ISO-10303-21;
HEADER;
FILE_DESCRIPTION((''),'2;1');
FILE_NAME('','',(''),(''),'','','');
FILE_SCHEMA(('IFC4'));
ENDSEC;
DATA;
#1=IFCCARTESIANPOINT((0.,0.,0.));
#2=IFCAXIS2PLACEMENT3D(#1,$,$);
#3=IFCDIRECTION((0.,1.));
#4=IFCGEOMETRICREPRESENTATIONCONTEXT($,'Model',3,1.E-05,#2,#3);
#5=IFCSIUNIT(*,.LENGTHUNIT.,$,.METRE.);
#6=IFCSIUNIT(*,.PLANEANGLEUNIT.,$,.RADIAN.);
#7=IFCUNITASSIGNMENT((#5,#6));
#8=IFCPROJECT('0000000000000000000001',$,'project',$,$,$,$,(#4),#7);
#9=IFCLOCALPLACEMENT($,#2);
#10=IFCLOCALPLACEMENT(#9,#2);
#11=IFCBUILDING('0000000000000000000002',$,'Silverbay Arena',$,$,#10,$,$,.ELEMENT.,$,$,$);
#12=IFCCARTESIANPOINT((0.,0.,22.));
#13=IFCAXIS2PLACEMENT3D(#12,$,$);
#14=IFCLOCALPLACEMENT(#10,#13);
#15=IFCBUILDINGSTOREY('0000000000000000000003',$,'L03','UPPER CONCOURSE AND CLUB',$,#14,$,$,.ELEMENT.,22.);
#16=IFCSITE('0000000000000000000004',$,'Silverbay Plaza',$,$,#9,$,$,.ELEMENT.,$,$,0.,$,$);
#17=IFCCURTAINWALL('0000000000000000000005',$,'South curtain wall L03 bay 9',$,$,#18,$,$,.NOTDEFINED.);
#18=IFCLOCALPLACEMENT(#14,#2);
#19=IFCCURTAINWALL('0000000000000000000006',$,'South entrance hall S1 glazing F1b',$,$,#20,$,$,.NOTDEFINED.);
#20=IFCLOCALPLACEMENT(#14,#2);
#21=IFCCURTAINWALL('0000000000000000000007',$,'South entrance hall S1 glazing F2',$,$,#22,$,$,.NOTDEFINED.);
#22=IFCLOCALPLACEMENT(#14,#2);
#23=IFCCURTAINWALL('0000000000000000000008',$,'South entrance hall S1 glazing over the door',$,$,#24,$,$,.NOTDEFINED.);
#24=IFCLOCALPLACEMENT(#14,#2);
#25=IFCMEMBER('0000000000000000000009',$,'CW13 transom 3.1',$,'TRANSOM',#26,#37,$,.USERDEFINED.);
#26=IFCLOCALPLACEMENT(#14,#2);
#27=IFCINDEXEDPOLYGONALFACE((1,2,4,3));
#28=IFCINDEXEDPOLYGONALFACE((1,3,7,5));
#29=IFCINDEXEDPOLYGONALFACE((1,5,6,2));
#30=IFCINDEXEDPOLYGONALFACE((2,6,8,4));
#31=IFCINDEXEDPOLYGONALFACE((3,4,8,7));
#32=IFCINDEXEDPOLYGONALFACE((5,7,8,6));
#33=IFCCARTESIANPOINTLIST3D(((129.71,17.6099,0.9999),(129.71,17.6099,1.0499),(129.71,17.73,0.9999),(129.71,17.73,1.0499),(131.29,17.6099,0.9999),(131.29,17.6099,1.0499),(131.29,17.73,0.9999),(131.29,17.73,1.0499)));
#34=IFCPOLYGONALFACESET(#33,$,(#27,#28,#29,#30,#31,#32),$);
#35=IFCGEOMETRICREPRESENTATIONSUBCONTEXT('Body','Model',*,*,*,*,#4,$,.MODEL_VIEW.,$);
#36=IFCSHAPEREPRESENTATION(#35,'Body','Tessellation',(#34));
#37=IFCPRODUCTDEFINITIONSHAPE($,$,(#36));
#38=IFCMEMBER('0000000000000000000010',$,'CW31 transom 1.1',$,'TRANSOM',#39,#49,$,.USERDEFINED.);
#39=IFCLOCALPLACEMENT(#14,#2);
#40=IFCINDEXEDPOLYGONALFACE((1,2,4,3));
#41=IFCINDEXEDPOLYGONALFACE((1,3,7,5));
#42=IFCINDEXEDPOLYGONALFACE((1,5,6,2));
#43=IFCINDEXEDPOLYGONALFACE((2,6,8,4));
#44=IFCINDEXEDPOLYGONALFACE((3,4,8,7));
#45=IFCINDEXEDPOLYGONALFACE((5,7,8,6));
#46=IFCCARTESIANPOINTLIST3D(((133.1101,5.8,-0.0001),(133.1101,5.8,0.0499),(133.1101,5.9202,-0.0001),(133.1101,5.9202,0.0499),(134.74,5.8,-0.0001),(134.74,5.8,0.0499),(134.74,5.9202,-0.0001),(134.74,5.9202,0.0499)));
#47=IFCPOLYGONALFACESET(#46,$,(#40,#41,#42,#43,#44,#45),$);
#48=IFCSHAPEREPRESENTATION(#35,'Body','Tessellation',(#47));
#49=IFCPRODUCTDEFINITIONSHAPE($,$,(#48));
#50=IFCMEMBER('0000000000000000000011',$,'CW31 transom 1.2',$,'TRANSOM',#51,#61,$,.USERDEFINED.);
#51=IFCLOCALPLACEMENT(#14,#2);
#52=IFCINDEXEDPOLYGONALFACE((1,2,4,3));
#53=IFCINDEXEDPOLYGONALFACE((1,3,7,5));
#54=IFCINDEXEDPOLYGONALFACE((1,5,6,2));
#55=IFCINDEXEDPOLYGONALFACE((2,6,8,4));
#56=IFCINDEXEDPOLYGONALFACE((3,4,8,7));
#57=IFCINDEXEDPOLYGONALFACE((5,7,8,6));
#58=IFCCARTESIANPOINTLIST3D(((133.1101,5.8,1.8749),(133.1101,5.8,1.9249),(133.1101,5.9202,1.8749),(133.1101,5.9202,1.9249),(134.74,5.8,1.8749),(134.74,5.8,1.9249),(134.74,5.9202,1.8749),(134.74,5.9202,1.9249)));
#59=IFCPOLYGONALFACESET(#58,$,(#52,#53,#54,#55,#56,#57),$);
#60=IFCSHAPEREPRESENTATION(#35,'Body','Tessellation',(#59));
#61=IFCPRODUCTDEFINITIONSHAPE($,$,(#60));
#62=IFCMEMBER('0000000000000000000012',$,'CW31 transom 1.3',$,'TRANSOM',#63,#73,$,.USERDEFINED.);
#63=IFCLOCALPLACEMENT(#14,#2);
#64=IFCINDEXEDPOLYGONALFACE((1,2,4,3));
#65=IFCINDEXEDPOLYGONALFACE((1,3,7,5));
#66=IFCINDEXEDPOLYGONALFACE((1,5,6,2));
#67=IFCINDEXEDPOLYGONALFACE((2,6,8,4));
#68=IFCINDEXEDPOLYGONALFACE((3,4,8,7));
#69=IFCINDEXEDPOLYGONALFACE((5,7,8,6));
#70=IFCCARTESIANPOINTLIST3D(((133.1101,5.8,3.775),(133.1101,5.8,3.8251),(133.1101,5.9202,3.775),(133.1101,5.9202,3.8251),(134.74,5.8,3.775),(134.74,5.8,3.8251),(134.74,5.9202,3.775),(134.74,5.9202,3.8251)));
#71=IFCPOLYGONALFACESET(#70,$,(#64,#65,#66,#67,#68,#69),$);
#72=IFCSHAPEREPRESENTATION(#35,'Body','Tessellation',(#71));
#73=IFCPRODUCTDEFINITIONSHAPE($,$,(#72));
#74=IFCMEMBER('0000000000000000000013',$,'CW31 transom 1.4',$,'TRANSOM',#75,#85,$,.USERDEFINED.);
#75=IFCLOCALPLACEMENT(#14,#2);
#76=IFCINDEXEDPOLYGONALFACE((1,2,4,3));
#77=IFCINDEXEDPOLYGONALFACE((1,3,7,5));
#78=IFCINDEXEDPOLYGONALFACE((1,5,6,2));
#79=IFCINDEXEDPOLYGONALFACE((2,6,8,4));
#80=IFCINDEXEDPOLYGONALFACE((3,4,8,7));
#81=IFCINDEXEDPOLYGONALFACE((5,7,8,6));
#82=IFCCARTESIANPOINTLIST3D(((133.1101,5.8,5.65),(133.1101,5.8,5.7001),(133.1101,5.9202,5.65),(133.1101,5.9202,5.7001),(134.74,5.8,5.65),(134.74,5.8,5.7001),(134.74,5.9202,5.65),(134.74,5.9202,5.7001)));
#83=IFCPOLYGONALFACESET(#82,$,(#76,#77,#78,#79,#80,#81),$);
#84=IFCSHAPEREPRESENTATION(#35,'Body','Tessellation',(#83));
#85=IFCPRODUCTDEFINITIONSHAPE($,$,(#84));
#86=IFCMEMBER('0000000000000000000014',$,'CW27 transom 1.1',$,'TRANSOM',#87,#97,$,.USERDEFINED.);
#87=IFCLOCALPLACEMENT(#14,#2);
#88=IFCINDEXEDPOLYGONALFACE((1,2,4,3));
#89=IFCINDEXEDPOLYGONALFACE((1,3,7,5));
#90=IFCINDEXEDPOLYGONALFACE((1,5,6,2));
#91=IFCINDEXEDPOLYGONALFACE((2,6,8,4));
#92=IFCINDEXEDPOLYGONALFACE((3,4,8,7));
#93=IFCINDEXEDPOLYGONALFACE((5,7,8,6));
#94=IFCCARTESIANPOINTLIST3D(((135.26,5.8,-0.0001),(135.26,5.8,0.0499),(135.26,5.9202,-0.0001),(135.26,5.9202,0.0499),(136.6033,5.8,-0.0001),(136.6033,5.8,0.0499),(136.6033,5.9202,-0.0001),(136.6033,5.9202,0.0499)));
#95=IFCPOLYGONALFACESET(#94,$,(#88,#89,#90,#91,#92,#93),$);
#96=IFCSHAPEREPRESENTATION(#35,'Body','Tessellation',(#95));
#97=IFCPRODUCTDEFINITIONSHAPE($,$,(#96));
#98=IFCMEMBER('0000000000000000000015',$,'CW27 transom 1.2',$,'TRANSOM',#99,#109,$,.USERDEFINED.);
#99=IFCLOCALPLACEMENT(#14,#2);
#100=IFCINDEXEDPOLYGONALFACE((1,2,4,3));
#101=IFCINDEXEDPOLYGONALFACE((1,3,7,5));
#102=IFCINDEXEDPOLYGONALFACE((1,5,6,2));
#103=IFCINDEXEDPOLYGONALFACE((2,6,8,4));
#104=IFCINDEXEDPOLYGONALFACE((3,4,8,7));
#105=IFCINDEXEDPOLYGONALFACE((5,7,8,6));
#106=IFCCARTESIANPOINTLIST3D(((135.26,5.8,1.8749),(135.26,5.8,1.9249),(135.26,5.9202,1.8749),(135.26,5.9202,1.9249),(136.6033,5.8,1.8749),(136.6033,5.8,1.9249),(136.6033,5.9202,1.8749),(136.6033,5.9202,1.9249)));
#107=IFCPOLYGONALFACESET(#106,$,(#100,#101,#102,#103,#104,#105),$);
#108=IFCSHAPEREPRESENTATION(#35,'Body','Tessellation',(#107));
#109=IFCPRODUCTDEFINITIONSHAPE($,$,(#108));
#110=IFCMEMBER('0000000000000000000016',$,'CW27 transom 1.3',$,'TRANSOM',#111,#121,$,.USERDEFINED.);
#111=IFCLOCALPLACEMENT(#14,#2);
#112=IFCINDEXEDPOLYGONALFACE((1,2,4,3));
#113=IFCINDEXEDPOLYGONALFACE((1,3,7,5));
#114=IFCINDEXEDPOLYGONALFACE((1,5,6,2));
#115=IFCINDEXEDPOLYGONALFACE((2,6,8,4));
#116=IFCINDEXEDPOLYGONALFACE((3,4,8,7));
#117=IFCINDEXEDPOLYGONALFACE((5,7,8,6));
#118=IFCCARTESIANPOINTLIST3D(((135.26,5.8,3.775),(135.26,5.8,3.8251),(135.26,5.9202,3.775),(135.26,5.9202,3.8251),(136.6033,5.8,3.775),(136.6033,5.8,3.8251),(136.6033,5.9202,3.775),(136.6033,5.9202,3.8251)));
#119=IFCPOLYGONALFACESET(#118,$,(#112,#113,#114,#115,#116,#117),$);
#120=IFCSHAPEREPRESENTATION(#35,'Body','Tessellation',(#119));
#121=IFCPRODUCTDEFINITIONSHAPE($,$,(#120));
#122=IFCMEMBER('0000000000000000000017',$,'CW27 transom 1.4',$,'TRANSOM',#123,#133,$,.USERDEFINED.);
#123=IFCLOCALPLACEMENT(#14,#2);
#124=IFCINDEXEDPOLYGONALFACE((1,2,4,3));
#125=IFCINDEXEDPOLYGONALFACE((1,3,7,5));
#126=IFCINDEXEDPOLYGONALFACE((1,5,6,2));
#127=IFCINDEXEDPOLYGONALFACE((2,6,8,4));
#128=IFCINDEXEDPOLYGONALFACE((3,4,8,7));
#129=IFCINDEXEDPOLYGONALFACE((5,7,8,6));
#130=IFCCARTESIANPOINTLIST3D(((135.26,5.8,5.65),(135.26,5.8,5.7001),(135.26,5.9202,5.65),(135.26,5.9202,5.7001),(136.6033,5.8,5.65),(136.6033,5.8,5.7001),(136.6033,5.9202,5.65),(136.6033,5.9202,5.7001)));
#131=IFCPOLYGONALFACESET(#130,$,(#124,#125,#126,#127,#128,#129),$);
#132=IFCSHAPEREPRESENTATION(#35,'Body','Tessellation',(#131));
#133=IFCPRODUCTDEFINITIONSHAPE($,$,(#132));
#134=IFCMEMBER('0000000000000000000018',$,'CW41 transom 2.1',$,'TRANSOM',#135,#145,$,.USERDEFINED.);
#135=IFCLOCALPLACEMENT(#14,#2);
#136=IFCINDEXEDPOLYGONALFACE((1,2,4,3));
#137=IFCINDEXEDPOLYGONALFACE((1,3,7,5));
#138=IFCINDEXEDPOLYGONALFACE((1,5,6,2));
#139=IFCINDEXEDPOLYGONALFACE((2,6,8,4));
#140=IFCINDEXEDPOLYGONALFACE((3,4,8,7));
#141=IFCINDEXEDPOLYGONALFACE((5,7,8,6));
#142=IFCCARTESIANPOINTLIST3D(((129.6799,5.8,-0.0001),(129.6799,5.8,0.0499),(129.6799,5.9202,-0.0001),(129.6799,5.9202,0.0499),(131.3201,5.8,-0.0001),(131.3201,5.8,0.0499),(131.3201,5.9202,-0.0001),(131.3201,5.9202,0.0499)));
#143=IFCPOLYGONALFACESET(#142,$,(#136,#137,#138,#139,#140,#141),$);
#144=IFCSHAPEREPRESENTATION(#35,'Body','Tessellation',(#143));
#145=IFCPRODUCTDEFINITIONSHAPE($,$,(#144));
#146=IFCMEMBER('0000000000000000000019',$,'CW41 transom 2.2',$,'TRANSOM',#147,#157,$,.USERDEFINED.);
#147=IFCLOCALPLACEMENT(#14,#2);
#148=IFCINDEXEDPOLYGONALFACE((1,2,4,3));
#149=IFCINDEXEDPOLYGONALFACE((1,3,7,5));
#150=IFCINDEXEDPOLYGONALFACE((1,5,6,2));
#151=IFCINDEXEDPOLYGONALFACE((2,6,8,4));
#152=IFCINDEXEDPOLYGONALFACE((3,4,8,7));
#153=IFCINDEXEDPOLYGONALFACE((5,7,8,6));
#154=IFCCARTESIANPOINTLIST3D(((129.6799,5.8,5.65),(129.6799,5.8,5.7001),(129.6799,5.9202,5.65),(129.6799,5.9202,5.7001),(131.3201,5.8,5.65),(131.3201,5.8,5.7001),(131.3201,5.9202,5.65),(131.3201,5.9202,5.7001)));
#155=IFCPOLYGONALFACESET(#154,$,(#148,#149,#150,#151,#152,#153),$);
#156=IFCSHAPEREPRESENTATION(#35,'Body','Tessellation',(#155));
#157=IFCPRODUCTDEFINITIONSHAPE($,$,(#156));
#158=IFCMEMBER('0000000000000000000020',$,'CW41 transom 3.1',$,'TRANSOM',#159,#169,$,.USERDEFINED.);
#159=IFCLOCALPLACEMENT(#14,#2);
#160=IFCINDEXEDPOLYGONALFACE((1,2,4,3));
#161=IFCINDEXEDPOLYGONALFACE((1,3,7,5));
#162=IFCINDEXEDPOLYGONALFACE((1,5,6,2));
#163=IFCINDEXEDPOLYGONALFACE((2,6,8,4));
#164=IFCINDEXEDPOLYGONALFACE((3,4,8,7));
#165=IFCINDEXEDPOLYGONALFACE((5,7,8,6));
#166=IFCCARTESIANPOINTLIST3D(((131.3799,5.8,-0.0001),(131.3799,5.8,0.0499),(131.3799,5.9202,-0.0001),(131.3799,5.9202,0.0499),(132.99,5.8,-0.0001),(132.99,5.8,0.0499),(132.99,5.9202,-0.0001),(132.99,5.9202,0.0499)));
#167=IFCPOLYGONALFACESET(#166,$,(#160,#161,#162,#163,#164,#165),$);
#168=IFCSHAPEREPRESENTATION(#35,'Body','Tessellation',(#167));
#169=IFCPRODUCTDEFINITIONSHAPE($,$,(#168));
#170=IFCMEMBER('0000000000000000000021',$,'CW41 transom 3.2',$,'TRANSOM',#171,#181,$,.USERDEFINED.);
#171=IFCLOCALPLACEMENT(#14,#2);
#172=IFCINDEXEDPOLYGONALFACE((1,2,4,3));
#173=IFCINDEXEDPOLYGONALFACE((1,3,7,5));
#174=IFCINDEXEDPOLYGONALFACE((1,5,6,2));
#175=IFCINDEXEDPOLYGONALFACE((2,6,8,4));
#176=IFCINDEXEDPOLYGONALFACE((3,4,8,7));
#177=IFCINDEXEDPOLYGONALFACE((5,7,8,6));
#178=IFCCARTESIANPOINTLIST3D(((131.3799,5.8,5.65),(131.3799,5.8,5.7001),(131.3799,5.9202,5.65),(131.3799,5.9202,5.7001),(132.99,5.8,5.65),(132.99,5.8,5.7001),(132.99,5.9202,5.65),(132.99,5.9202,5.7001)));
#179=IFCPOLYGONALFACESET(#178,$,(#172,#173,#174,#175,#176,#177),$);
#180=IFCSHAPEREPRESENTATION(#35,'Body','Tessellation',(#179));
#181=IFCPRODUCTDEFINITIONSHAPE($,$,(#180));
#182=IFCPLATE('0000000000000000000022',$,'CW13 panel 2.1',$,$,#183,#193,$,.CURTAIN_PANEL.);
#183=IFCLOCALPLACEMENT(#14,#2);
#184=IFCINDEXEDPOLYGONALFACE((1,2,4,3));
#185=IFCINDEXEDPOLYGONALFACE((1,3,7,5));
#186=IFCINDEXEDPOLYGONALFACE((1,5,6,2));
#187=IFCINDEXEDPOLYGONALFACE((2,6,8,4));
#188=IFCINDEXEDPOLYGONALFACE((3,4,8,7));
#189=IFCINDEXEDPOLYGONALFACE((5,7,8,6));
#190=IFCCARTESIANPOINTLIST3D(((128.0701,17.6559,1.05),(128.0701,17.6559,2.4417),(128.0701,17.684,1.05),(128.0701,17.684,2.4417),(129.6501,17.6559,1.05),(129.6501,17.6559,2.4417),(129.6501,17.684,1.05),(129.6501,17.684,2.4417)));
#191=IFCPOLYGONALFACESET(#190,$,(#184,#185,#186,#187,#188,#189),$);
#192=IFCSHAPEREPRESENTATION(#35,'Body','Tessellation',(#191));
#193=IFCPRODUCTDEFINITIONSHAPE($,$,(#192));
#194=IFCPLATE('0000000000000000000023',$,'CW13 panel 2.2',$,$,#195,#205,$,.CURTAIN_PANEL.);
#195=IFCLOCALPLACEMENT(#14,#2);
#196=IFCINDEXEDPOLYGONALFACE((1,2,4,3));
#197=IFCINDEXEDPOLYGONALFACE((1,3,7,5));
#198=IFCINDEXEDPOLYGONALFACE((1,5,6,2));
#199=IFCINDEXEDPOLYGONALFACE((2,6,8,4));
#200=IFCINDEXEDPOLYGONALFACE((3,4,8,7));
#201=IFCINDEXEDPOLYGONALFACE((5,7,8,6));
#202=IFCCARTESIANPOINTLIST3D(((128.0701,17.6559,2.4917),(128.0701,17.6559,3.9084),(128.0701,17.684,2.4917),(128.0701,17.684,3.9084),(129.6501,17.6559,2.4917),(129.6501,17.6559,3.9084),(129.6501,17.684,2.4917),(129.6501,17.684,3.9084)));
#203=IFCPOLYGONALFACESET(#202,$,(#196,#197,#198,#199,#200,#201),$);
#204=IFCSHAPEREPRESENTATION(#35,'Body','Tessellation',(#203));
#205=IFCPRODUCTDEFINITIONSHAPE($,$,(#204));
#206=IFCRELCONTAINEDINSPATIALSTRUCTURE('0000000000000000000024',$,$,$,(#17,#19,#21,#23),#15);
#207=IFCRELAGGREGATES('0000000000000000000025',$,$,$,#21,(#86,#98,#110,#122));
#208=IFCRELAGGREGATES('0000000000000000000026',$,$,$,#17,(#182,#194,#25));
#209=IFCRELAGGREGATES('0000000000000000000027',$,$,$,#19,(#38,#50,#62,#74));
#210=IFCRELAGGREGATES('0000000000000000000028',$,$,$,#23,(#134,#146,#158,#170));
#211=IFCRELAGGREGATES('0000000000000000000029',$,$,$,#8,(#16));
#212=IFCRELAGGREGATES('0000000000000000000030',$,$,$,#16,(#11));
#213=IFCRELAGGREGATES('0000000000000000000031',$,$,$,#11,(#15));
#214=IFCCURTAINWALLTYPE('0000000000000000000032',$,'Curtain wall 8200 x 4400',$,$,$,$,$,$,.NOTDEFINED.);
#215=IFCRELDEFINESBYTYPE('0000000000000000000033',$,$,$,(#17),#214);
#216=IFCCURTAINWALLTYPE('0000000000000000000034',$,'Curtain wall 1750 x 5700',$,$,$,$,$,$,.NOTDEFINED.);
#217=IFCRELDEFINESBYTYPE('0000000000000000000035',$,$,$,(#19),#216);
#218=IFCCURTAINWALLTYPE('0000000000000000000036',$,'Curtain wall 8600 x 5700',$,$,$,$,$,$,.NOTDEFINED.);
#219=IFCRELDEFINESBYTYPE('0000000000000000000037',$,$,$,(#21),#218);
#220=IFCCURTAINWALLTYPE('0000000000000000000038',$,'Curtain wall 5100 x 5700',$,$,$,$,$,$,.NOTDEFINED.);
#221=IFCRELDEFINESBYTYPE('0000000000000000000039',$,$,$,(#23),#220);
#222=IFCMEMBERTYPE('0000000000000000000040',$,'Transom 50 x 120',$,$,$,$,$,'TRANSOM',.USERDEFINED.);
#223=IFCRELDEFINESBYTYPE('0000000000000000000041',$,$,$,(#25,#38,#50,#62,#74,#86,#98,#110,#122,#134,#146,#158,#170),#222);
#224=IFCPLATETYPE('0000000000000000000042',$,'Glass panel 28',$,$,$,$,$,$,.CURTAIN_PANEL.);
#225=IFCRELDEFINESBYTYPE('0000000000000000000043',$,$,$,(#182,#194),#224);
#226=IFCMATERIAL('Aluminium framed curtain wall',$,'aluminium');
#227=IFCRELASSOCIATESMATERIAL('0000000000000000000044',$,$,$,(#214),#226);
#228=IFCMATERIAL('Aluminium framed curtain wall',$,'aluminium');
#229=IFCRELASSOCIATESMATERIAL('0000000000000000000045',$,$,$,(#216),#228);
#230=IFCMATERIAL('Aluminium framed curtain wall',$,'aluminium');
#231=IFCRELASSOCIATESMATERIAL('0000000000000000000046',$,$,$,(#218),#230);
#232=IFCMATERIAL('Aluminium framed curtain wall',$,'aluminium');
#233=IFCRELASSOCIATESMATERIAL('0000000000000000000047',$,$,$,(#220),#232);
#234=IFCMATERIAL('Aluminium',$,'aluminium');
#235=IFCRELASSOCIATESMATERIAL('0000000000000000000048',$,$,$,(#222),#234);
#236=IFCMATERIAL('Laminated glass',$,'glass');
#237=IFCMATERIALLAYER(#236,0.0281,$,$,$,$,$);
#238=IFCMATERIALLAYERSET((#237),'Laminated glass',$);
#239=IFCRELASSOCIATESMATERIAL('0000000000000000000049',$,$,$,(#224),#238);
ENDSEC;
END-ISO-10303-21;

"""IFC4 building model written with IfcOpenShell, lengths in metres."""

from ifc_helpers import new_model, si_unit, direction, frame, origin, origin_2d, place, context, subcontext, project, spatial, rectangle, extrude, material, layer, layer_set, material_profile, profile_set, type_object, element, aggregate, save


model = new_model("IFC4")

# Units and contexts
model_context = context("Model", 3, precision=1e-05, world=origin(), true_north=direction((0.0, 1.0)))
body_context = subcontext(model_context, "Body", "Model", "MODEL_VIEW")
ifc_project = project(units=[si_unit("LENGTHUNIT", "METRE"), si_unit("PLANEANGLEUNIT", "RADIAN")], contexts=[model_context])

# Site, building, storey
site_placement = place(None, origin())
site = spatial("IfcSite", under=ifc_project, at=site_placement, Name="Silverbay Plaza", CompositionType="ELEMENT", RefElevation=0.0)
building_placement = place(site_placement, origin())
building = spatial("IfcBuilding", under=site, at=building_placement, Name="Silverbay Arena", CompositionType="ELEMENT")
storey_placement = place(building_placement, frame((0.0, 0.0, 22.0)))
storey = spatial("IfcBuildingStorey", under=building, at=storey_placement, Name="L03", Description="UPPER CONCOURSE AND CLUB", CompositionType="ELEMENT", Elevation=22.0)

# Curtain wall
ifc_material_1 = material(Name="Aluminium framed curtain wall", Category="aluminium")
curtain_wall_type_1 = type_object("IfcCurtainWallType", Name="Curtain wall 8200 x 4400", PredefinedType="NOTDEFINED", material=ifc_material_1)
curtain_wall_1_placement = place(storey_placement, origin())
curtain_wall_1 = element("IfcCurtainWall", 1, at=curtain_wall_1_placement, inside=storey, type_object=curtain_wall_type_1, Name="South curtain wall L03 bay 9", PredefinedType="NOTDEFINED")

# Curtain wall
ifc_material_2 = material(Name="Aluminium framed curtain wall", Category="aluminium")
curtain_wall_type_2 = type_object("IfcCurtainWallType", Name="Curtain wall 1750 x 5700", PredefinedType="NOTDEFINED", material=ifc_material_2)
curtain_wall_2_placement = place(storey_placement, origin())
curtain_wall_2 = element("IfcCurtainWall", 2, at=curtain_wall_2_placement, inside=storey, type_object=curtain_wall_type_2, Name="South entrance hall S1 glazing F1b", PredefinedType="NOTDEFINED")

# Curtain wall
ifc_material_3 = material(Name="Aluminium framed curtain wall", Category="aluminium")
curtain_wall_type_3 = type_object("IfcCurtainWallType", Name="Curtain wall 8600 x 5700", PredefinedType="NOTDEFINED", material=ifc_material_3)
curtain_wall_3_placement = place(storey_placement, origin())
curtain_wall_3 = element("IfcCurtainWall", 3, at=curtain_wall_3_placement, inside=storey, type_object=curtain_wall_type_3, Name="South entrance hall S1 glazing F2", PredefinedType="NOTDEFINED")

# Curtain wall
ifc_material_4 = material(Name="Aluminium framed curtain wall", Category="aluminium")
curtain_wall_type_4 = type_object("IfcCurtainWallType", Name="Curtain wall 5100 x 5700", PredefinedType="NOTDEFINED", material=ifc_material_4)
curtain_wall_4_placement = place(storey_placement, origin())
curtain_wall_4 = element("IfcCurtainWall", 4, at=curtain_wall_4_placement, inside=storey, type_object=curtain_wall_type_4, Name="South entrance hall S1 glazing over the door", PredefinedType="NOTDEFINED")

# Members
ifc_material_5 = material(Name="Aluminium", Category="aluminium")
ifc_material_profile_1 = material_profile(ifc_material_5, rectangle(XDim=0.1201, YDim=0.05, at=origin_2d()), Name="Transom 50 x 120")
ifc_profile_set_1 = profile_set([ifc_material_profile_1], Name="Aluminium")
member_type_1 = type_object("IfcMemberType", Name="Transom 50 x 120", ElementType="TRANSOM", PredefinedType="USERDEFINED", material=ifc_profile_set_1)
member_1_placement = place(storey_placement, frame((129.71, 17.6699, 1.0249), z_axis=(1.0, 0.0, 0.0), x_axis=(0.0, 1.0, 0.0)))
member_1 = element("IfcMember", 5, at=member_1_placement, type_object=member_type_1, Name="CW13 transom 3.1", ObjectType="TRANSOM", PredefinedType="USERDEFINED", context=body_context, shape_type="SweptSolid", body=[
    extrude(rectangle(XDim=0.1201, YDim=0.05, at=origin_2d()), origin(), (0.0, 0.0, 1.0), 1.5801),
])
member_2_placement = place(storey_placement, frame((133.1101, 5.8601, 0.0249), z_axis=(1.0, 0.0, 0.0), x_axis=(0.0, 1.0, 0.0)))
member_2 = element("IfcMember", 6, at=member_2_placement, type_object=member_type_1, Name="CW31 transom 1.1", ObjectType="TRANSOM", PredefinedType="USERDEFINED", context=body_context, shape_type="SweptSolid", body=[
    extrude(rectangle(XDim=0.1201, YDim=0.05, at=origin_2d()), origin(), (0.0, 0.0, 1.0), 1.6299),
])
member_3_placement = place(storey_placement, frame((133.1101, 5.8601, 1.8999), z_axis=(1.0, 0.0, 0.0), x_axis=(0.0, 1.0, 0.0)))
member_3 = element("IfcMember", 7, at=member_3_placement, type_object=member_type_1, Name="CW31 transom 1.2", ObjectType="TRANSOM", PredefinedType="USERDEFINED", context=body_context, shape_type="SweptSolid", body=[
    extrude(rectangle(XDim=0.1201, YDim=0.05, at=origin_2d()), origin(), (0.0, 0.0, 1.0), 1.6299),
])
member_4_placement = place(storey_placement, frame((133.1101, 5.8601, 3.8), z_axis=(1.0, 0.0, 0.0), x_axis=(0.0, 1.0, 0.0)))
member_4 = element("IfcMember", 8, at=member_4_placement, type_object=member_type_1, Name="CW31 transom 1.3", ObjectType="TRANSOM", PredefinedType="USERDEFINED", context=body_context, shape_type="SweptSolid", body=[
    extrude(rectangle(XDim=0.1201, YDim=0.05, at=origin_2d()), origin(), (0.0, 0.0, 1.0), 1.6299),
])
member_5_placement = place(storey_placement, frame((133.1101, 5.8601, 5.675), z_axis=(1.0, 0.0, 0.0), x_axis=(0.0, 1.0, 0.0)))
member_5 = element("IfcMember", 9, at=member_5_placement, type_object=member_type_1, Name="CW31 transom 1.4", ObjectType="TRANSOM", PredefinedType="USERDEFINED", context=body_context, shape_type="SweptSolid", body=[
    extrude(rectangle(XDim=0.1201, YDim=0.05, at=origin_2d()), origin(), (0.0, 0.0, 1.0), 1.6299),
])
member_6_placement = place(storey_placement, frame((135.26, 5.8601, 0.0249), z_axis=(1.0, 0.0, 0.0), x_axis=(0.0, 1.0, 0.0)))
member_6 = element("IfcMember", 10, at=member_6_placement, type_object=member_type_1, Name="CW27 transom 1.1", ObjectType="TRANSOM", PredefinedType="USERDEFINED", context=body_context, shape_type="SweptSolid", body=[
    extrude(rectangle(XDim=0.1201, YDim=0.05, at=origin_2d()), origin(), (0.0, 0.0, 1.0), 1.3433),
])
member_7_placement = place(storey_placement, frame((135.26, 5.8601, 1.8999), z_axis=(1.0, 0.0, 0.0), x_axis=(0.0, 1.0, 0.0)))
member_7 = element("IfcMember", 11, at=member_7_placement, type_object=member_type_1, Name="CW27 transom 1.2", ObjectType="TRANSOM", PredefinedType="USERDEFINED", context=body_context, shape_type="SweptSolid", body=[
    extrude(rectangle(XDim=0.1201, YDim=0.05, at=origin_2d()), origin(), (0.0, 0.0, 1.0), 1.3433),
])
member_8_placement = place(storey_placement, frame((135.26, 5.8601, 3.8), z_axis=(1.0, 0.0, 0.0), x_axis=(0.0, 1.0, 0.0)))
member_8 = element("IfcMember", 12, at=member_8_placement, type_object=member_type_1, Name="CW27 transom 1.3", ObjectType="TRANSOM", PredefinedType="USERDEFINED", context=body_context, shape_type="SweptSolid", body=[
    extrude(rectangle(XDim=0.1201, YDim=0.05, at=origin_2d()), origin(), (0.0, 0.0, 1.0), 1.3433),
])
member_9_placement = place(storey_placement, frame((135.26, 5.8601, 5.675), z_axis=(1.0, 0.0, 0.0), x_axis=(0.0, 1.0, 0.0)))
member_9 = element("IfcMember", 13, at=member_9_placement, type_object=member_type_1, Name="CW27 transom 1.4", ObjectType="TRANSOM", PredefinedType="USERDEFINED", context=body_context, shape_type="SweptSolid", body=[
    extrude(rectangle(XDim=0.1201, YDim=0.05, at=origin_2d()), origin(), (0.0, 0.0, 1.0), 1.3433),
])
aggregate(curtain_wall_3, [member_6, member_7, member_8, member_9])
member_10_placement = place(storey_placement, frame((129.6799, 5.8601, 0.0249), z_axis=(1.0, 0.0, 0.0), x_axis=(0.0, 1.0, 0.0)))
member_10 = element("IfcMember", 14, at=member_10_placement, type_object=member_type_1, Name="CW41 transom 2.1", ObjectType="TRANSOM", PredefinedType="USERDEFINED", context=body_context, shape_type="SweptSolid", body=[
    extrude(rectangle(XDim=0.1201, YDim=0.05, at=origin_2d()), origin(), (0.0, 0.0, 1.0), 1.6401),
])
member_11_placement = place(storey_placement, frame((129.6799, 5.8601, 5.675), z_axis=(1.0, 0.0, 0.0), x_axis=(0.0, 1.0, 0.0)))
member_11 = element("IfcMember", 15, at=member_11_placement, type_object=member_type_1, Name="CW41 transom 2.2", ObjectType="TRANSOM", PredefinedType="USERDEFINED", context=body_context, shape_type="SweptSolid", body=[
    extrude(rectangle(XDim=0.1201, YDim=0.05, at=origin_2d()), origin(), (0.0, 0.0, 1.0), 1.6401),
])
member_12_placement = place(storey_placement, frame((131.3799, 5.8601, 0.0249), z_axis=(1.0, 0.0, 0.0), x_axis=(0.0, 1.0, 0.0)))
member_12 = element("IfcMember", 16, at=member_12_placement, type_object=member_type_1, Name="CW41 transom 3.1", ObjectType="TRANSOM", PredefinedType="USERDEFINED", context=body_context, shape_type="SweptSolid", body=[
    extrude(rectangle(XDim=0.1201, YDim=0.05, at=origin_2d()), origin(), (0.0, 0.0, 1.0), 1.6101),
])
member_13_placement = place(storey_placement, frame((131.3799, 5.8601, 5.675), z_axis=(1.0, 0.0, 0.0), x_axis=(0.0, 1.0, 0.0)))
member_13 = element("IfcMember", 17, at=member_13_placement, type_object=member_type_1, Name="CW41 transom 3.2", ObjectType="TRANSOM", PredefinedType="USERDEFINED", context=body_context, shape_type="SweptSolid", body=[
    extrude(rectangle(XDim=0.1201, YDim=0.05, at=origin_2d()), origin(), (0.0, 0.0, 1.0), 1.6101),
])

# Plates
ifc_material_6 = material(Name="Laminated glass", Category="glass")
ifc_layer = layer(ifc_material_6, 0.0281)
ifc_layer_set = layer_set([ifc_layer], Name="Laminated glass")
plate_type = type_object("IfcPlateType", Name="Glass panel 28", PredefinedType="CURTAIN_PANEL", material=ifc_layer_set)
plate_1_placement = place(storey_placement, frame((128.8601, 17.6699, 1.05), z_axis=(0.0, 0.0, 1.0), x_axis=(1.0, 0.0, 0.0)))
plate_1 = element("IfcPlate", 18, at=plate_1_placement, type_object=plate_type, Name="CW13 panel 2.1", PredefinedType="CURTAIN_PANEL", context=body_context, shape_type="SweptSolid", body=[
    extrude(rectangle(XDim=1.5801, YDim=0.0281, at=origin_2d()), origin(), (0.0, 0.0, 1.0), 1.3916),
])
plate_2_placement = place(storey_placement, frame((128.8601, 17.6699, 2.4917), z_axis=(0.0, 0.0, 1.0), x_axis=(1.0, 0.0, 0.0)))
plate_2 = element("IfcPlate", 19, at=plate_2_placement, type_object=plate_type, Name="CW13 panel 2.2", PredefinedType="CURTAIN_PANEL", context=body_context, shape_type="SweptSolid", body=[
    extrude(rectangle(XDim=1.5801, YDim=0.0281, at=origin_2d()), origin(), (0.0, 0.0, 1.0), 1.4167),
])
aggregate(curtain_wall_1, [plate_1, plate_2, member_1])
aggregate(curtain_wall_2, [member_2, member_3, member_4, member_5])
aggregate(curtain_wall_4, [member_10, member_11, member_12, member_13])

save(model, "model.ifc")
